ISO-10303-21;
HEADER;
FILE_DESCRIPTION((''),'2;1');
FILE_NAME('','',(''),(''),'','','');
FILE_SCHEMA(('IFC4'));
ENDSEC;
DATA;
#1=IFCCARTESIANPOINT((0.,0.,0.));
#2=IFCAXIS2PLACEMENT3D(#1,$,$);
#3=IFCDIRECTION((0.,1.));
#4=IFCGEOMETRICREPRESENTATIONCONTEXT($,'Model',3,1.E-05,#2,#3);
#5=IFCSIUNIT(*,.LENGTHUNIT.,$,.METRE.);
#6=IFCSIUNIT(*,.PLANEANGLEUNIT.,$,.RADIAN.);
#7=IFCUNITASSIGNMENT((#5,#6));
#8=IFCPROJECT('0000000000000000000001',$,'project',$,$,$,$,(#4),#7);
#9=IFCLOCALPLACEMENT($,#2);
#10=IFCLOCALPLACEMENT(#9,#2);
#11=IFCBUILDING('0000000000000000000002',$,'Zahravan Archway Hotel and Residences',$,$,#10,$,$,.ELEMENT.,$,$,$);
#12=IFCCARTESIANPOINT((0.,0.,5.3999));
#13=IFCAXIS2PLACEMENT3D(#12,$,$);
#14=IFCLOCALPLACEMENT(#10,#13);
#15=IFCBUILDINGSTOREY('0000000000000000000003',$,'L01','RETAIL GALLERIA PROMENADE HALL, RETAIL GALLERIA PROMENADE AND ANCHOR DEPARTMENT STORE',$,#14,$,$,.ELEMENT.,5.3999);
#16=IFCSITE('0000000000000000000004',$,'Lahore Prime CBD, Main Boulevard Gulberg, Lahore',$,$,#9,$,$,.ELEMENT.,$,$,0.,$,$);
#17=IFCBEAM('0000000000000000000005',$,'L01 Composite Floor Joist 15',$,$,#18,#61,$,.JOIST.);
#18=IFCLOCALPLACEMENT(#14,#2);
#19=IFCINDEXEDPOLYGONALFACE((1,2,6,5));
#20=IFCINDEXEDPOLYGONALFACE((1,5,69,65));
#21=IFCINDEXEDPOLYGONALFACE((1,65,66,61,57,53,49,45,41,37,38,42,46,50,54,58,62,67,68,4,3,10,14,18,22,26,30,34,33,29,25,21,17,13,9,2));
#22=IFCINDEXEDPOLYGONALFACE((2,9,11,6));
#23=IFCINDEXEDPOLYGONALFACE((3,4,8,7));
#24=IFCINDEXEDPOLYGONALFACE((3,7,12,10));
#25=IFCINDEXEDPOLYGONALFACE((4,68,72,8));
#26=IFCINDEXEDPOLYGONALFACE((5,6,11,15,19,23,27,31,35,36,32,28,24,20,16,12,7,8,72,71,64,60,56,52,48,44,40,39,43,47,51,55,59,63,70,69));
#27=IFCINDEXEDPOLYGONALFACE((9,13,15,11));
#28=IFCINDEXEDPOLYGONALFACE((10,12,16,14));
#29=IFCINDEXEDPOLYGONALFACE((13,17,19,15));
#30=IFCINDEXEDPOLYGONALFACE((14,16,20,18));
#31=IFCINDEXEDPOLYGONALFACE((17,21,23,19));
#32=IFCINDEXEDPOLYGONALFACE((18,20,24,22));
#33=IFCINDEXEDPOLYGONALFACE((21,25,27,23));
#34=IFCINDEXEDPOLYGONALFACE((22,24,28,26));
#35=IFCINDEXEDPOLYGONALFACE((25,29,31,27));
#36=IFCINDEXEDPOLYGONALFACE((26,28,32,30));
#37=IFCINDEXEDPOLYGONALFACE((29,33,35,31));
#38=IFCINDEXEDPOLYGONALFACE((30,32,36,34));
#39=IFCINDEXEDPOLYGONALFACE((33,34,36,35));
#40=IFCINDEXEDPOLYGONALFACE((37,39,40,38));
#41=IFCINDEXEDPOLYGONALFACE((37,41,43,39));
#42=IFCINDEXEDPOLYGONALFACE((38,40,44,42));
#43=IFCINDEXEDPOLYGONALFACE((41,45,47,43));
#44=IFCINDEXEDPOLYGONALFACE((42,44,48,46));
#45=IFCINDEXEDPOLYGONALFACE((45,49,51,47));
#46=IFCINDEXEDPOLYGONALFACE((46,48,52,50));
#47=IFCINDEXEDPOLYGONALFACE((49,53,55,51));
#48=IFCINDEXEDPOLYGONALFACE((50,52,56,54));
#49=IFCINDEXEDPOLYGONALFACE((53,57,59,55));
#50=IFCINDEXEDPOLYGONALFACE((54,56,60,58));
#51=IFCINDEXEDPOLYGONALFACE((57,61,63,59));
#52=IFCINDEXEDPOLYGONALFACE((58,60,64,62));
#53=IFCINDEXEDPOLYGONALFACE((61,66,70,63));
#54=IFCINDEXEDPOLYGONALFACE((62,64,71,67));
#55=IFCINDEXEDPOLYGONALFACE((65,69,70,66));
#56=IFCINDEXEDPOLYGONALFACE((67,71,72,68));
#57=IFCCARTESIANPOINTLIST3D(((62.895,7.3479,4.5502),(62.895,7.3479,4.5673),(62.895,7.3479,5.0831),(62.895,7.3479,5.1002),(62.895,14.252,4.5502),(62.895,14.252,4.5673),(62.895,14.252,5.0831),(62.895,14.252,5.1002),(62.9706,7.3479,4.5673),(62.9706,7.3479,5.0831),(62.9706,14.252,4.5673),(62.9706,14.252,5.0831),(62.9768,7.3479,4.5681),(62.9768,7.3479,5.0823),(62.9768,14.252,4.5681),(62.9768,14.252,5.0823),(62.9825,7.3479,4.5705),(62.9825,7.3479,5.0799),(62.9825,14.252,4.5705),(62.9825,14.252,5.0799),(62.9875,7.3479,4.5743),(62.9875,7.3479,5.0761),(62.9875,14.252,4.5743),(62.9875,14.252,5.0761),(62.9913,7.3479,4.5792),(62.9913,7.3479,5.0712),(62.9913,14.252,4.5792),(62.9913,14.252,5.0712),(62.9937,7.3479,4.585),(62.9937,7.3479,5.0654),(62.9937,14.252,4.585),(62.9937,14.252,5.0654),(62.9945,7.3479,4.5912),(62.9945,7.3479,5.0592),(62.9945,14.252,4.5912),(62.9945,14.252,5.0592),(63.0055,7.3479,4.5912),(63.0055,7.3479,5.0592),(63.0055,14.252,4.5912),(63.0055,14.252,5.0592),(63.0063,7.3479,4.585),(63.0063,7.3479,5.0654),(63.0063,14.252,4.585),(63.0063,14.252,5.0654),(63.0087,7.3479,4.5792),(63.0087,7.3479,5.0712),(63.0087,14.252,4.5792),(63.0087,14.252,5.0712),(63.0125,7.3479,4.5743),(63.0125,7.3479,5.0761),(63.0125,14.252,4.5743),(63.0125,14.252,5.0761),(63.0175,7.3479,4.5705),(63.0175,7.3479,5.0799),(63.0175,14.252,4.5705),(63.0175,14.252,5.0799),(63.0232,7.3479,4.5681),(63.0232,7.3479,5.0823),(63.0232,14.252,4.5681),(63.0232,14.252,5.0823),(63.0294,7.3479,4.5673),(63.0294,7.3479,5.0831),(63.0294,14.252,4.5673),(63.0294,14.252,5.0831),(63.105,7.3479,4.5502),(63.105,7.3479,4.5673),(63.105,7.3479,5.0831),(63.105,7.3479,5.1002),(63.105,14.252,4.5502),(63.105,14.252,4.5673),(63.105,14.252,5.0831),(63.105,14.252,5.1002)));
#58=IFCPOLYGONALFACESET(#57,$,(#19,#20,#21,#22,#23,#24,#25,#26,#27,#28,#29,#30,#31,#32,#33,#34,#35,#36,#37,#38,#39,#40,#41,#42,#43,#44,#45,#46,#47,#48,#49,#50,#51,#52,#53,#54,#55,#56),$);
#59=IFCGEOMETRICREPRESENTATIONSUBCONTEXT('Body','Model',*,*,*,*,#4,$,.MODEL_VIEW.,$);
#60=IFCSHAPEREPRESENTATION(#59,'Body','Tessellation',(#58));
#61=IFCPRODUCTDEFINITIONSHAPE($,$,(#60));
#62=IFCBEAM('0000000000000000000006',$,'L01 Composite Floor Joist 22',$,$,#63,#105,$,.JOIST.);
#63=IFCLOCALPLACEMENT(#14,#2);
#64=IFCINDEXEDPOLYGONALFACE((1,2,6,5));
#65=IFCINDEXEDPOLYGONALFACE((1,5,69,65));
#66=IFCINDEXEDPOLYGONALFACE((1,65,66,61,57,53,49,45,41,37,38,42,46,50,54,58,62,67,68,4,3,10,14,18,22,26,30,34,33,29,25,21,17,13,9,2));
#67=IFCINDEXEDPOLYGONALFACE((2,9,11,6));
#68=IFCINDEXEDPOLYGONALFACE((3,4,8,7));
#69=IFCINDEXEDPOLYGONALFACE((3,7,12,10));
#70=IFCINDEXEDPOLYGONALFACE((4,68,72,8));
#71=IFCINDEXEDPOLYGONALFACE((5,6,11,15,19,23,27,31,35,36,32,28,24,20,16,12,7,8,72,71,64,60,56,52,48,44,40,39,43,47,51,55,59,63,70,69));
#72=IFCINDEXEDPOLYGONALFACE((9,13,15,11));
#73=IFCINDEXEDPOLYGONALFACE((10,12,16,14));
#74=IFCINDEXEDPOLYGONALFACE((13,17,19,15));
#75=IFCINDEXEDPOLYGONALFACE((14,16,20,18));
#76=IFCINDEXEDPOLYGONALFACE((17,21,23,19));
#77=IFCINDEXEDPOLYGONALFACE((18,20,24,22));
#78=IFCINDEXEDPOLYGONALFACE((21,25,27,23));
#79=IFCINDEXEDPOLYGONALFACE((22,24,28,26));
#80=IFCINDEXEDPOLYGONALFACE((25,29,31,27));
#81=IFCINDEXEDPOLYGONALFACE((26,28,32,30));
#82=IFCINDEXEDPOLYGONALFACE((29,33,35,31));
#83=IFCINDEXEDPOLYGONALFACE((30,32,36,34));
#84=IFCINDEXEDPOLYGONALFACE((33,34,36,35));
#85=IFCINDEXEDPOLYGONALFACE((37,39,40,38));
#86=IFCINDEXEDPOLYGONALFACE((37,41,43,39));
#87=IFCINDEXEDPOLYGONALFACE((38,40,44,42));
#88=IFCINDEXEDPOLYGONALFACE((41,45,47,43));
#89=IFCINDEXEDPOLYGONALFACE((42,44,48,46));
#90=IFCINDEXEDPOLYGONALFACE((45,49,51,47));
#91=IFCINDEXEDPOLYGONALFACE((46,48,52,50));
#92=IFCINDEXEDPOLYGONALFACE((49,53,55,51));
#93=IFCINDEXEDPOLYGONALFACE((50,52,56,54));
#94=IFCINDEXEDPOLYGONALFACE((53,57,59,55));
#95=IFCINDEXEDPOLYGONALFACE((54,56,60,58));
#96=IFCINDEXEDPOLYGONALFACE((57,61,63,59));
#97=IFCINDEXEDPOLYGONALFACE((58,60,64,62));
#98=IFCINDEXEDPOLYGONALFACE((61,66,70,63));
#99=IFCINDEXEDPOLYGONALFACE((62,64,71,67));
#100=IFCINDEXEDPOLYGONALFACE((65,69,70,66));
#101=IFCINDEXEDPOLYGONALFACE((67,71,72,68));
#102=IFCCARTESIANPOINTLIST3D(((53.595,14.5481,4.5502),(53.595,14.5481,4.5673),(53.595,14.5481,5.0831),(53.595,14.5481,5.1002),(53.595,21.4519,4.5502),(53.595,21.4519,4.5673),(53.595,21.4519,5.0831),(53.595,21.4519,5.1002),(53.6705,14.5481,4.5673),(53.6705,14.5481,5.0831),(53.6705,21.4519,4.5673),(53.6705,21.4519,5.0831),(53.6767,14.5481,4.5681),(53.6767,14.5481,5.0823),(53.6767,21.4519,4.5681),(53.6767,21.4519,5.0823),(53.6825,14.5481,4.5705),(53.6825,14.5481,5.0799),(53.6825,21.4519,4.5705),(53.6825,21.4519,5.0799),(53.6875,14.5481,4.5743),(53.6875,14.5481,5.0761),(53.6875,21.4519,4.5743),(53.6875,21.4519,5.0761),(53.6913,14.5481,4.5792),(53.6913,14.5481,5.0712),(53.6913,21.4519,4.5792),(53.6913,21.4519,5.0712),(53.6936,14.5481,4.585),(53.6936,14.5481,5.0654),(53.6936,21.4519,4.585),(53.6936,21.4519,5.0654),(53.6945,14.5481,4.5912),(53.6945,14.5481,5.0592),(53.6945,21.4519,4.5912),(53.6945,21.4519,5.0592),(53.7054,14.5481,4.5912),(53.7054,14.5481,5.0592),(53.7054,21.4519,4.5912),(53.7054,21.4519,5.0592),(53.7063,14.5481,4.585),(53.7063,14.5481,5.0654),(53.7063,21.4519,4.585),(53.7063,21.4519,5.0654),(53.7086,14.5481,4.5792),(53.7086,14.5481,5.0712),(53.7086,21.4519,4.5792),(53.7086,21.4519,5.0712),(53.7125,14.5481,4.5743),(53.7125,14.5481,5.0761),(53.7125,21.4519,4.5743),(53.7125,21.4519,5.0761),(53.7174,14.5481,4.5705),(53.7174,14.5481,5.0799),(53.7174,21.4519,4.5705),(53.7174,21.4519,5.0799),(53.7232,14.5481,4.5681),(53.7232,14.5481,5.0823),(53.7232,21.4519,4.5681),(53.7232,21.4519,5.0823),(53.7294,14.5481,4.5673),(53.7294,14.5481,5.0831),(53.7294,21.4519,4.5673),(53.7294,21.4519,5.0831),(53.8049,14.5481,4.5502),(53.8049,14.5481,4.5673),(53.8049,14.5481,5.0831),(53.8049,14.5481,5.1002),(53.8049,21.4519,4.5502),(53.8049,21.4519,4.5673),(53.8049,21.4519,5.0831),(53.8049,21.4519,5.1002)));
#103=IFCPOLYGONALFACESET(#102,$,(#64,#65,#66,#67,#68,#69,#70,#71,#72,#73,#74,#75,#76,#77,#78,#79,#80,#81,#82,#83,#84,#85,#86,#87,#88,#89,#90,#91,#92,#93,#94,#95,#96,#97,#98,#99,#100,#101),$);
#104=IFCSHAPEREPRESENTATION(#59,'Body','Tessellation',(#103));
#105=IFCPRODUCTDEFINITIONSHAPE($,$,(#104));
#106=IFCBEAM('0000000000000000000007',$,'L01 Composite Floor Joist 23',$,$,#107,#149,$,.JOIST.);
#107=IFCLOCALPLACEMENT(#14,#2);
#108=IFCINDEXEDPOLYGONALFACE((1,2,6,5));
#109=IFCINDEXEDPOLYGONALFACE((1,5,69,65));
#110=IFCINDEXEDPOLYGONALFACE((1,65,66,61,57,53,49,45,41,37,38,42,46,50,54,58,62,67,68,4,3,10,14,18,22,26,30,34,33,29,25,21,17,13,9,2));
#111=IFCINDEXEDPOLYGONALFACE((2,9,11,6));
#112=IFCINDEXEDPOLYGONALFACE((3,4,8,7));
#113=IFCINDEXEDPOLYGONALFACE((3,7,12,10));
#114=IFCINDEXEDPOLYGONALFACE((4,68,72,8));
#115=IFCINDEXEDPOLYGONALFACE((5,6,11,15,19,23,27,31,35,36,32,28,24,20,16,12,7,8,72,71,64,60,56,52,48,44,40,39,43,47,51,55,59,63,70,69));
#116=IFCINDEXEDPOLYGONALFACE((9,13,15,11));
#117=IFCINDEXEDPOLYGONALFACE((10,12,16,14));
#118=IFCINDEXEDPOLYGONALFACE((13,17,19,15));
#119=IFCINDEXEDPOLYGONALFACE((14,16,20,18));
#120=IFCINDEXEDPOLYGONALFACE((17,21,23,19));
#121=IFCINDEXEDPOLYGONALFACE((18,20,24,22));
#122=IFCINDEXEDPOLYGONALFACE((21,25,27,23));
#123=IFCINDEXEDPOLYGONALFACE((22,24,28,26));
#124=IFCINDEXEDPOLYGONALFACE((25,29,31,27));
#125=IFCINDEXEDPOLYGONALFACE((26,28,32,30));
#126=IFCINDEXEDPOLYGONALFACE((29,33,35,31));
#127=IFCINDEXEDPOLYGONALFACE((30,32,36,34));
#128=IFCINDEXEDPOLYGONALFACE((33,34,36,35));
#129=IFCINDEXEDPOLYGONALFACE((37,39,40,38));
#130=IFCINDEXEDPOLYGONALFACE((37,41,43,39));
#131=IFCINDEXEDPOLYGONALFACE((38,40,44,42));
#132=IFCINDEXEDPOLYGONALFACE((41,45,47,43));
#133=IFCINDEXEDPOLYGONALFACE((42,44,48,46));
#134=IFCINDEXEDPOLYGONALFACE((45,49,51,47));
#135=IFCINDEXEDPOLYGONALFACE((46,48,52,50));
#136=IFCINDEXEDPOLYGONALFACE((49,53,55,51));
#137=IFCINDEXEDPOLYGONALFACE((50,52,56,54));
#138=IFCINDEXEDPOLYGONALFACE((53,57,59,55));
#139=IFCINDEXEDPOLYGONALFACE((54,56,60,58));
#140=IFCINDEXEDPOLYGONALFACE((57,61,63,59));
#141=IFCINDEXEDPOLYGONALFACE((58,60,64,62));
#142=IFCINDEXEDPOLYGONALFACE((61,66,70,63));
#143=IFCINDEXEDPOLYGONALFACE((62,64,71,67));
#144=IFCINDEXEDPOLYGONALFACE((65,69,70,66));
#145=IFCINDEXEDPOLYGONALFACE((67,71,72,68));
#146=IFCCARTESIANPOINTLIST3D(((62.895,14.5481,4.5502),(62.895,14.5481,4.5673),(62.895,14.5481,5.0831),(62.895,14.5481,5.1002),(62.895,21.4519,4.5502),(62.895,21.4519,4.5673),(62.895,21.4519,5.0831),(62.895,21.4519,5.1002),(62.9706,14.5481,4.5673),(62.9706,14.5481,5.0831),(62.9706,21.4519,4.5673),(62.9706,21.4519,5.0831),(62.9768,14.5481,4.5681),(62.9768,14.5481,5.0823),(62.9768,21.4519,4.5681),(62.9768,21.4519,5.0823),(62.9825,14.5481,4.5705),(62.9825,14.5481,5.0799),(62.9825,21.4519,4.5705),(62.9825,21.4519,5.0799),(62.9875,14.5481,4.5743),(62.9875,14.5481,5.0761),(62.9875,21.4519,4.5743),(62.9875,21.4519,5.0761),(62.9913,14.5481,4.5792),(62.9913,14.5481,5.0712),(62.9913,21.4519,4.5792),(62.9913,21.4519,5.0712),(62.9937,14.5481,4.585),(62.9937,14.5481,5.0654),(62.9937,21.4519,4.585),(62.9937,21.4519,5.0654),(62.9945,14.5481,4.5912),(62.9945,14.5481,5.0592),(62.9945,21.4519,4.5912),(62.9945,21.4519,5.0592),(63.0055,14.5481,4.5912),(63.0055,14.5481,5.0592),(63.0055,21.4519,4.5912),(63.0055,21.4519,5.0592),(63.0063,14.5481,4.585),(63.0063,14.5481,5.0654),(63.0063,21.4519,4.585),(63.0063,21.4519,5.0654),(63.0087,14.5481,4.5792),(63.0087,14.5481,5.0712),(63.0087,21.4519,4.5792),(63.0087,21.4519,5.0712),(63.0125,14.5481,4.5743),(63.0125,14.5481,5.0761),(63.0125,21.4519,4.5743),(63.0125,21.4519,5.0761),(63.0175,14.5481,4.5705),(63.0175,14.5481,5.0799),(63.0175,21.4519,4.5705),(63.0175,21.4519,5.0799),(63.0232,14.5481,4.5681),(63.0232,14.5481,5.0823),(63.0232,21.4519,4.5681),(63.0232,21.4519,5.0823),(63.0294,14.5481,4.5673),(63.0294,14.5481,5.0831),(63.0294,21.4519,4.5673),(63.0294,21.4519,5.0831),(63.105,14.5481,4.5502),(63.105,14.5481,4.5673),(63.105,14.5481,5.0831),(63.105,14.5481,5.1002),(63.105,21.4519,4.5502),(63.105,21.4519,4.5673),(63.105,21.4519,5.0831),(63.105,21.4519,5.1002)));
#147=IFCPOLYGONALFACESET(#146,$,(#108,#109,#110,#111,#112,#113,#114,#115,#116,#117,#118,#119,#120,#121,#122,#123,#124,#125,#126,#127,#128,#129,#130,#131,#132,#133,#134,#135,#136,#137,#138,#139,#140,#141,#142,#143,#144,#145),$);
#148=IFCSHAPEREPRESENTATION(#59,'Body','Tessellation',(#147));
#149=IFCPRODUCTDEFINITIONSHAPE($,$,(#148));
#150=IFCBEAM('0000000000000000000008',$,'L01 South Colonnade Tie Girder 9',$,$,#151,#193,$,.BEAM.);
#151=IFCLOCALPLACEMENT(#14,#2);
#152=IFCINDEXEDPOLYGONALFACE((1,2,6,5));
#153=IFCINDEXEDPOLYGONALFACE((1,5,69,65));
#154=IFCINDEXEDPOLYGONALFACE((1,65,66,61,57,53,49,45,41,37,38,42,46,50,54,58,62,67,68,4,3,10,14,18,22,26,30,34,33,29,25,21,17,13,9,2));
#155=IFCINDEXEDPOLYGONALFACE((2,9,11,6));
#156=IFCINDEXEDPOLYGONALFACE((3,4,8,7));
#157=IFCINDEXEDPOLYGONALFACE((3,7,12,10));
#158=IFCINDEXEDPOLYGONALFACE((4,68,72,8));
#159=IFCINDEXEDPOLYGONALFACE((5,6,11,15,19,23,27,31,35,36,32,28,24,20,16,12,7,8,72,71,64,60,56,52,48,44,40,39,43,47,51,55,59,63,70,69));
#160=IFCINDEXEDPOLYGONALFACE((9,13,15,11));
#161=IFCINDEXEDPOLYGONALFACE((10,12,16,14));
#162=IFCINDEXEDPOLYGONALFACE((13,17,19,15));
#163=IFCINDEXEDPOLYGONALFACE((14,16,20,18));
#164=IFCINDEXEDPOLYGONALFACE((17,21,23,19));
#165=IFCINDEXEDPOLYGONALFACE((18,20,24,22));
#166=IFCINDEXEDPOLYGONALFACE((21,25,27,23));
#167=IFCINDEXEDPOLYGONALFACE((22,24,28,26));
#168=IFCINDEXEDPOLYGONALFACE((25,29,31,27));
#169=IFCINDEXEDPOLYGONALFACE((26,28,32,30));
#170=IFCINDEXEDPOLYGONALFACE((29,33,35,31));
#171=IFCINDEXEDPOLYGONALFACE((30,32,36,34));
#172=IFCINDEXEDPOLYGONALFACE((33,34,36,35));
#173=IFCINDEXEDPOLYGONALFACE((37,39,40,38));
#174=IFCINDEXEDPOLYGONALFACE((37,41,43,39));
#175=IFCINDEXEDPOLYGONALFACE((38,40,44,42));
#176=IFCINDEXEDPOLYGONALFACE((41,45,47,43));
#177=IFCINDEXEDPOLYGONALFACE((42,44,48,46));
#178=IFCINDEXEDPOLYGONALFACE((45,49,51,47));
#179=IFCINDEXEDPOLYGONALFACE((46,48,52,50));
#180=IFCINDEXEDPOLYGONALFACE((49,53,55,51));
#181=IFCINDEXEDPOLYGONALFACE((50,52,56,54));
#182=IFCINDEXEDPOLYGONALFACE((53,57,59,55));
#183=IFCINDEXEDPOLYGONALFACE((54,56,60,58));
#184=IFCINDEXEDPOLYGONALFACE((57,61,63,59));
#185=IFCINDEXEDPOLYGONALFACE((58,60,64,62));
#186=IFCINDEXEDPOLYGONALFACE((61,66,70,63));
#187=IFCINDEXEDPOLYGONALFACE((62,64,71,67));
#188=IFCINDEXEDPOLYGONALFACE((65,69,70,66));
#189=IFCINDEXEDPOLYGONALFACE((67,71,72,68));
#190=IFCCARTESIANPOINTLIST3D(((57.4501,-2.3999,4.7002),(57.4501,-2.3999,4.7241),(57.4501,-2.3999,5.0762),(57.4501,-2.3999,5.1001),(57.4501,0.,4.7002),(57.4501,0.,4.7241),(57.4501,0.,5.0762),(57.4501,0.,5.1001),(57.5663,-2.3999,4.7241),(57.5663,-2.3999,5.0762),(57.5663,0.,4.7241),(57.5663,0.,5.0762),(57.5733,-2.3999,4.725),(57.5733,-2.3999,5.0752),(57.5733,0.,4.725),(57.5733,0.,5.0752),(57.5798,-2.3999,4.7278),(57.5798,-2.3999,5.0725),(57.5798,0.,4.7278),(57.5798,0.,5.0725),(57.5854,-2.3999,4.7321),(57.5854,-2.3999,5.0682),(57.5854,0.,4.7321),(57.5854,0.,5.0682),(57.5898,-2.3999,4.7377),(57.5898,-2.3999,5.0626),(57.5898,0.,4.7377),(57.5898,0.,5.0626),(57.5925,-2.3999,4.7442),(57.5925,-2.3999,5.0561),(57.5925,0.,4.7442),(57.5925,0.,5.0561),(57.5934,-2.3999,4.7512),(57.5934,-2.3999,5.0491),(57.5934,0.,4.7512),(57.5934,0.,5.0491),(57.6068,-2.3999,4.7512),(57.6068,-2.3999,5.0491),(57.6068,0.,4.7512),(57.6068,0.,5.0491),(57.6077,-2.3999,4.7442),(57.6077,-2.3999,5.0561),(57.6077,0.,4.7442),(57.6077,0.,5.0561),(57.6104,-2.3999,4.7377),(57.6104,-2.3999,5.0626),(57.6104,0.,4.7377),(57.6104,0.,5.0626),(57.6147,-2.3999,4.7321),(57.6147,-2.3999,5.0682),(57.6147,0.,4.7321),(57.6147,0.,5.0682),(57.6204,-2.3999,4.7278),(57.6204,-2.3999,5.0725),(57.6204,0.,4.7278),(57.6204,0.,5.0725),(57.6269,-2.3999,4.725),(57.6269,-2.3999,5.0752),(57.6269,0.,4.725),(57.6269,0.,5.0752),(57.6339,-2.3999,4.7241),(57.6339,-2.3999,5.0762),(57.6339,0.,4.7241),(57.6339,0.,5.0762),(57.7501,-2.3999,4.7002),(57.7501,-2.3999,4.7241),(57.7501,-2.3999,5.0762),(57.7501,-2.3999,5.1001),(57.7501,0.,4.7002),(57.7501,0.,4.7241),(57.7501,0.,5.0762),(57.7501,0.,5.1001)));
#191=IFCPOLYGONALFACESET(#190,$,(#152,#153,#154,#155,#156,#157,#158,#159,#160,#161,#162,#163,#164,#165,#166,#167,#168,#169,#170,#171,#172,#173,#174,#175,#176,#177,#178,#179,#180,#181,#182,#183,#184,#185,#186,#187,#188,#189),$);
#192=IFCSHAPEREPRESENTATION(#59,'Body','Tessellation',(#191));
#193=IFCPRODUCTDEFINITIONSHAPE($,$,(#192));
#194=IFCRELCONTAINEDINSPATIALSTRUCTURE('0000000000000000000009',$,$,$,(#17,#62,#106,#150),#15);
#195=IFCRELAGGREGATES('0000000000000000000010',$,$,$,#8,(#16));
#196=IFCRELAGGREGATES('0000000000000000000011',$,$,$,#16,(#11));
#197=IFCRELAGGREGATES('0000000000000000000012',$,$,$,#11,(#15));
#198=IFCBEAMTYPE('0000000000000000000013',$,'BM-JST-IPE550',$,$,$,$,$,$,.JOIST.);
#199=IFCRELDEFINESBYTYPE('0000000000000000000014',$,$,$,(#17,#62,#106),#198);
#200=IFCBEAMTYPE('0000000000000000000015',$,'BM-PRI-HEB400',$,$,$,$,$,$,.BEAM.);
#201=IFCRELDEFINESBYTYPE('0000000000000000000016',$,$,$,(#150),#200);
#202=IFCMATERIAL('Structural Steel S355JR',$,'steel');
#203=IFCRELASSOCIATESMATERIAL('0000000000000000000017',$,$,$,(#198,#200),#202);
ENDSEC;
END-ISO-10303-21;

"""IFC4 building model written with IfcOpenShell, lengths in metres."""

from ifc_helpers import new_model, si_unit, direction, frame, origin, origin_2d, place, context, subcontext, project, spatial, i_section, extrude, source, transform, mapped, material, material_profile, profile_set, type_object, type_shapes, element, save


model = new_model("IFC4")

# Units and contexts
model_context = context("Model", 3, precision=1e-05, world=origin(), true_north=direction((0.0, 1.0)))
body_context = subcontext(model_context, "Body", "Model", "MODEL_VIEW")
ifc_project = project(units=[si_unit("LENGTHUNIT", "METRE"), si_unit("PLANEANGLEUNIT", "RADIAN")], contexts=[model_context])

# Site, building, storey
site_placement = place(None, origin())
site = spatial("IfcSite", under=ifc_project, at=site_placement, Name="Lahore Prime CBD, Main Boulevard Gulberg, Lahore", CompositionType="ELEMENT", RefElevation=0.0)
building_placement = place(site_placement, origin())
building = spatial("IfcBuilding", under=site, at=building_placement, Name="Zahravan Archway Hotel and Residences", CompositionType="ELEMENT")
storey_placement = place(building_placement, frame((0.0, 0.0, 5.3999)))
storey = spatial("IfcBuildingStorey", under=building, at=storey_placement, Name="L01", Description="RETAIL GALLERIA PROMENADE HALL, RETAIL GALLERIA PROMENADE AND ANCHOR DEPARTMENT STORE", CompositionType="ELEMENT", Elevation=5.3999)

# Beams
ifc_material_1 = material(Name="Structural Steel S355JR", Category="steel")
ifc_material_profile_1 = material_profile(ifc_material_1, i_section(OverallWidth=0.21, OverallDepth=0.55, WebThickness=0.011, FlangeThickness=0.0171, FilletRadius=0.0239, at=origin_2d()), Name="IPE 550", Category="steel")
ifc_profile_set_1 = profile_set([ifc_material_profile_1], Name="Structural Steel S355JR")
beam_type_1 = type_object("IfcBeamType", Name="BM-JST-IPE550", PredefinedType="JOIST", material=ifc_profile_set_1)
shared_shape_1 = source(origin(), body_context, "Body", "SweptSolid", [
    extrude(i_section(OverallWidth=0.21, OverallDepth=0.55, WebThickness=0.011, FlangeThickness=0.0171, FilletRadius=0.0239, at=origin_2d()), origin(), (0.0, 0.0, 1.0), 6.9041),
])
type_shapes(beam_type_1, [shared_shape_1])
for number, where, z_axis, x_axis, name in (
    (1, (63.0, 7.3479, 4.8252), (0.0, 1.0, 0.0), (-1.0, 0.0, 0.0), "L01 Composite Floor Joist 15"),
):
    element("IfcBeam", number, at=place(storey_placement, frame(where, z_axis=z_axis, x_axis=x_axis)), inside=storey, type_object=beam_type_1, Name=name, PredefinedType="JOIST", context=body_context, shape_type="MappedRepresentation", body=[
        mapped(shared_shape_1, transform((0.0, 0.0, 0.0), scale=1.0)),
    ])
shared_shape_2 = source(origin(), body_context, "Body", "SweptSolid", [
    extrude(i_section(OverallWidth=0.21, OverallDepth=0.55, WebThickness=0.011, FlangeThickness=0.0171, FilletRadius=0.0239, at=origin_2d()), origin(), (0.0, 0.0, 1.0), 6.9038),
])
for number, where, z_axis, x_axis, name in (
    (2, (53.7, 14.5481, 4.8252), (0.0, 1.0, 0.0), (-1.0, 0.0, 0.0), "L01 Composite Floor Joist 22"),
    (3, (63.0, 14.5481, 4.8252), (0.0, 1.0, 0.0), (-1.0, 0.0, 0.0), "L01 Composite Floor Joist 23"),
):
    element("IfcBeam", number, at=place(storey_placement, frame(where, z_axis=z_axis, x_axis=x_axis)), inside=storey, type_object=beam_type_1, Name=name, PredefinedType="JOIST", context=body_context, shape_type="MappedRepresentation", body=[
        mapped(shared_shape_2, transform((0.0, 0.0, 0.0), scale=1.0)),
    ])
ifc_material_profile_2 = material_profile(ifc_material_1, i_section(OverallWidth=0.3, OverallDepth=0.3999, WebThickness=0.0134, FlangeThickness=0.0239, FilletRadius=0.0271, at=origin_2d()), Name="HEB 400", Category="steel")
ifc_profile_set_2 = profile_set([ifc_material_profile_2], Name="Structural Steel S355JR")
beam_type_2 = type_object("IfcBeamType", Name="BM-PRI-HEB400", PredefinedType="BEAM", material=ifc_profile_set_2)
shared_shape_3 = source(origin(), body_context, "Body", "SweptSolid", [
    extrude(i_section(OverallWidth=0.3, OverallDepth=0.3999, WebThickness=0.0134, FlangeThickness=0.0239, FilletRadius=0.0271, at=origin_2d()), origin(), (0.0, 0.0, 1.0), 2.3999),
])
for number, where, z_axis, x_axis, name in (
    (4, (57.6001, -2.3999, 4.9001), (0.0, 1.0, 0.0), (-1.0, 0.0, 0.0), "L01 South Colonnade Tie Girder 9"),
):
    element("IfcBeam", number, at=place(storey_placement, frame(where, z_axis=z_axis, x_axis=x_axis)), inside=storey, type_object=beam_type_2, Name=name, PredefinedType="BEAM", context=body_context, shape_type="MappedRepresentation", body=[
        mapped(shared_shape_3, transform((0.0, 0.0, 0.0), scale=1.0)),
    ])

save(model, "model.ifc")
